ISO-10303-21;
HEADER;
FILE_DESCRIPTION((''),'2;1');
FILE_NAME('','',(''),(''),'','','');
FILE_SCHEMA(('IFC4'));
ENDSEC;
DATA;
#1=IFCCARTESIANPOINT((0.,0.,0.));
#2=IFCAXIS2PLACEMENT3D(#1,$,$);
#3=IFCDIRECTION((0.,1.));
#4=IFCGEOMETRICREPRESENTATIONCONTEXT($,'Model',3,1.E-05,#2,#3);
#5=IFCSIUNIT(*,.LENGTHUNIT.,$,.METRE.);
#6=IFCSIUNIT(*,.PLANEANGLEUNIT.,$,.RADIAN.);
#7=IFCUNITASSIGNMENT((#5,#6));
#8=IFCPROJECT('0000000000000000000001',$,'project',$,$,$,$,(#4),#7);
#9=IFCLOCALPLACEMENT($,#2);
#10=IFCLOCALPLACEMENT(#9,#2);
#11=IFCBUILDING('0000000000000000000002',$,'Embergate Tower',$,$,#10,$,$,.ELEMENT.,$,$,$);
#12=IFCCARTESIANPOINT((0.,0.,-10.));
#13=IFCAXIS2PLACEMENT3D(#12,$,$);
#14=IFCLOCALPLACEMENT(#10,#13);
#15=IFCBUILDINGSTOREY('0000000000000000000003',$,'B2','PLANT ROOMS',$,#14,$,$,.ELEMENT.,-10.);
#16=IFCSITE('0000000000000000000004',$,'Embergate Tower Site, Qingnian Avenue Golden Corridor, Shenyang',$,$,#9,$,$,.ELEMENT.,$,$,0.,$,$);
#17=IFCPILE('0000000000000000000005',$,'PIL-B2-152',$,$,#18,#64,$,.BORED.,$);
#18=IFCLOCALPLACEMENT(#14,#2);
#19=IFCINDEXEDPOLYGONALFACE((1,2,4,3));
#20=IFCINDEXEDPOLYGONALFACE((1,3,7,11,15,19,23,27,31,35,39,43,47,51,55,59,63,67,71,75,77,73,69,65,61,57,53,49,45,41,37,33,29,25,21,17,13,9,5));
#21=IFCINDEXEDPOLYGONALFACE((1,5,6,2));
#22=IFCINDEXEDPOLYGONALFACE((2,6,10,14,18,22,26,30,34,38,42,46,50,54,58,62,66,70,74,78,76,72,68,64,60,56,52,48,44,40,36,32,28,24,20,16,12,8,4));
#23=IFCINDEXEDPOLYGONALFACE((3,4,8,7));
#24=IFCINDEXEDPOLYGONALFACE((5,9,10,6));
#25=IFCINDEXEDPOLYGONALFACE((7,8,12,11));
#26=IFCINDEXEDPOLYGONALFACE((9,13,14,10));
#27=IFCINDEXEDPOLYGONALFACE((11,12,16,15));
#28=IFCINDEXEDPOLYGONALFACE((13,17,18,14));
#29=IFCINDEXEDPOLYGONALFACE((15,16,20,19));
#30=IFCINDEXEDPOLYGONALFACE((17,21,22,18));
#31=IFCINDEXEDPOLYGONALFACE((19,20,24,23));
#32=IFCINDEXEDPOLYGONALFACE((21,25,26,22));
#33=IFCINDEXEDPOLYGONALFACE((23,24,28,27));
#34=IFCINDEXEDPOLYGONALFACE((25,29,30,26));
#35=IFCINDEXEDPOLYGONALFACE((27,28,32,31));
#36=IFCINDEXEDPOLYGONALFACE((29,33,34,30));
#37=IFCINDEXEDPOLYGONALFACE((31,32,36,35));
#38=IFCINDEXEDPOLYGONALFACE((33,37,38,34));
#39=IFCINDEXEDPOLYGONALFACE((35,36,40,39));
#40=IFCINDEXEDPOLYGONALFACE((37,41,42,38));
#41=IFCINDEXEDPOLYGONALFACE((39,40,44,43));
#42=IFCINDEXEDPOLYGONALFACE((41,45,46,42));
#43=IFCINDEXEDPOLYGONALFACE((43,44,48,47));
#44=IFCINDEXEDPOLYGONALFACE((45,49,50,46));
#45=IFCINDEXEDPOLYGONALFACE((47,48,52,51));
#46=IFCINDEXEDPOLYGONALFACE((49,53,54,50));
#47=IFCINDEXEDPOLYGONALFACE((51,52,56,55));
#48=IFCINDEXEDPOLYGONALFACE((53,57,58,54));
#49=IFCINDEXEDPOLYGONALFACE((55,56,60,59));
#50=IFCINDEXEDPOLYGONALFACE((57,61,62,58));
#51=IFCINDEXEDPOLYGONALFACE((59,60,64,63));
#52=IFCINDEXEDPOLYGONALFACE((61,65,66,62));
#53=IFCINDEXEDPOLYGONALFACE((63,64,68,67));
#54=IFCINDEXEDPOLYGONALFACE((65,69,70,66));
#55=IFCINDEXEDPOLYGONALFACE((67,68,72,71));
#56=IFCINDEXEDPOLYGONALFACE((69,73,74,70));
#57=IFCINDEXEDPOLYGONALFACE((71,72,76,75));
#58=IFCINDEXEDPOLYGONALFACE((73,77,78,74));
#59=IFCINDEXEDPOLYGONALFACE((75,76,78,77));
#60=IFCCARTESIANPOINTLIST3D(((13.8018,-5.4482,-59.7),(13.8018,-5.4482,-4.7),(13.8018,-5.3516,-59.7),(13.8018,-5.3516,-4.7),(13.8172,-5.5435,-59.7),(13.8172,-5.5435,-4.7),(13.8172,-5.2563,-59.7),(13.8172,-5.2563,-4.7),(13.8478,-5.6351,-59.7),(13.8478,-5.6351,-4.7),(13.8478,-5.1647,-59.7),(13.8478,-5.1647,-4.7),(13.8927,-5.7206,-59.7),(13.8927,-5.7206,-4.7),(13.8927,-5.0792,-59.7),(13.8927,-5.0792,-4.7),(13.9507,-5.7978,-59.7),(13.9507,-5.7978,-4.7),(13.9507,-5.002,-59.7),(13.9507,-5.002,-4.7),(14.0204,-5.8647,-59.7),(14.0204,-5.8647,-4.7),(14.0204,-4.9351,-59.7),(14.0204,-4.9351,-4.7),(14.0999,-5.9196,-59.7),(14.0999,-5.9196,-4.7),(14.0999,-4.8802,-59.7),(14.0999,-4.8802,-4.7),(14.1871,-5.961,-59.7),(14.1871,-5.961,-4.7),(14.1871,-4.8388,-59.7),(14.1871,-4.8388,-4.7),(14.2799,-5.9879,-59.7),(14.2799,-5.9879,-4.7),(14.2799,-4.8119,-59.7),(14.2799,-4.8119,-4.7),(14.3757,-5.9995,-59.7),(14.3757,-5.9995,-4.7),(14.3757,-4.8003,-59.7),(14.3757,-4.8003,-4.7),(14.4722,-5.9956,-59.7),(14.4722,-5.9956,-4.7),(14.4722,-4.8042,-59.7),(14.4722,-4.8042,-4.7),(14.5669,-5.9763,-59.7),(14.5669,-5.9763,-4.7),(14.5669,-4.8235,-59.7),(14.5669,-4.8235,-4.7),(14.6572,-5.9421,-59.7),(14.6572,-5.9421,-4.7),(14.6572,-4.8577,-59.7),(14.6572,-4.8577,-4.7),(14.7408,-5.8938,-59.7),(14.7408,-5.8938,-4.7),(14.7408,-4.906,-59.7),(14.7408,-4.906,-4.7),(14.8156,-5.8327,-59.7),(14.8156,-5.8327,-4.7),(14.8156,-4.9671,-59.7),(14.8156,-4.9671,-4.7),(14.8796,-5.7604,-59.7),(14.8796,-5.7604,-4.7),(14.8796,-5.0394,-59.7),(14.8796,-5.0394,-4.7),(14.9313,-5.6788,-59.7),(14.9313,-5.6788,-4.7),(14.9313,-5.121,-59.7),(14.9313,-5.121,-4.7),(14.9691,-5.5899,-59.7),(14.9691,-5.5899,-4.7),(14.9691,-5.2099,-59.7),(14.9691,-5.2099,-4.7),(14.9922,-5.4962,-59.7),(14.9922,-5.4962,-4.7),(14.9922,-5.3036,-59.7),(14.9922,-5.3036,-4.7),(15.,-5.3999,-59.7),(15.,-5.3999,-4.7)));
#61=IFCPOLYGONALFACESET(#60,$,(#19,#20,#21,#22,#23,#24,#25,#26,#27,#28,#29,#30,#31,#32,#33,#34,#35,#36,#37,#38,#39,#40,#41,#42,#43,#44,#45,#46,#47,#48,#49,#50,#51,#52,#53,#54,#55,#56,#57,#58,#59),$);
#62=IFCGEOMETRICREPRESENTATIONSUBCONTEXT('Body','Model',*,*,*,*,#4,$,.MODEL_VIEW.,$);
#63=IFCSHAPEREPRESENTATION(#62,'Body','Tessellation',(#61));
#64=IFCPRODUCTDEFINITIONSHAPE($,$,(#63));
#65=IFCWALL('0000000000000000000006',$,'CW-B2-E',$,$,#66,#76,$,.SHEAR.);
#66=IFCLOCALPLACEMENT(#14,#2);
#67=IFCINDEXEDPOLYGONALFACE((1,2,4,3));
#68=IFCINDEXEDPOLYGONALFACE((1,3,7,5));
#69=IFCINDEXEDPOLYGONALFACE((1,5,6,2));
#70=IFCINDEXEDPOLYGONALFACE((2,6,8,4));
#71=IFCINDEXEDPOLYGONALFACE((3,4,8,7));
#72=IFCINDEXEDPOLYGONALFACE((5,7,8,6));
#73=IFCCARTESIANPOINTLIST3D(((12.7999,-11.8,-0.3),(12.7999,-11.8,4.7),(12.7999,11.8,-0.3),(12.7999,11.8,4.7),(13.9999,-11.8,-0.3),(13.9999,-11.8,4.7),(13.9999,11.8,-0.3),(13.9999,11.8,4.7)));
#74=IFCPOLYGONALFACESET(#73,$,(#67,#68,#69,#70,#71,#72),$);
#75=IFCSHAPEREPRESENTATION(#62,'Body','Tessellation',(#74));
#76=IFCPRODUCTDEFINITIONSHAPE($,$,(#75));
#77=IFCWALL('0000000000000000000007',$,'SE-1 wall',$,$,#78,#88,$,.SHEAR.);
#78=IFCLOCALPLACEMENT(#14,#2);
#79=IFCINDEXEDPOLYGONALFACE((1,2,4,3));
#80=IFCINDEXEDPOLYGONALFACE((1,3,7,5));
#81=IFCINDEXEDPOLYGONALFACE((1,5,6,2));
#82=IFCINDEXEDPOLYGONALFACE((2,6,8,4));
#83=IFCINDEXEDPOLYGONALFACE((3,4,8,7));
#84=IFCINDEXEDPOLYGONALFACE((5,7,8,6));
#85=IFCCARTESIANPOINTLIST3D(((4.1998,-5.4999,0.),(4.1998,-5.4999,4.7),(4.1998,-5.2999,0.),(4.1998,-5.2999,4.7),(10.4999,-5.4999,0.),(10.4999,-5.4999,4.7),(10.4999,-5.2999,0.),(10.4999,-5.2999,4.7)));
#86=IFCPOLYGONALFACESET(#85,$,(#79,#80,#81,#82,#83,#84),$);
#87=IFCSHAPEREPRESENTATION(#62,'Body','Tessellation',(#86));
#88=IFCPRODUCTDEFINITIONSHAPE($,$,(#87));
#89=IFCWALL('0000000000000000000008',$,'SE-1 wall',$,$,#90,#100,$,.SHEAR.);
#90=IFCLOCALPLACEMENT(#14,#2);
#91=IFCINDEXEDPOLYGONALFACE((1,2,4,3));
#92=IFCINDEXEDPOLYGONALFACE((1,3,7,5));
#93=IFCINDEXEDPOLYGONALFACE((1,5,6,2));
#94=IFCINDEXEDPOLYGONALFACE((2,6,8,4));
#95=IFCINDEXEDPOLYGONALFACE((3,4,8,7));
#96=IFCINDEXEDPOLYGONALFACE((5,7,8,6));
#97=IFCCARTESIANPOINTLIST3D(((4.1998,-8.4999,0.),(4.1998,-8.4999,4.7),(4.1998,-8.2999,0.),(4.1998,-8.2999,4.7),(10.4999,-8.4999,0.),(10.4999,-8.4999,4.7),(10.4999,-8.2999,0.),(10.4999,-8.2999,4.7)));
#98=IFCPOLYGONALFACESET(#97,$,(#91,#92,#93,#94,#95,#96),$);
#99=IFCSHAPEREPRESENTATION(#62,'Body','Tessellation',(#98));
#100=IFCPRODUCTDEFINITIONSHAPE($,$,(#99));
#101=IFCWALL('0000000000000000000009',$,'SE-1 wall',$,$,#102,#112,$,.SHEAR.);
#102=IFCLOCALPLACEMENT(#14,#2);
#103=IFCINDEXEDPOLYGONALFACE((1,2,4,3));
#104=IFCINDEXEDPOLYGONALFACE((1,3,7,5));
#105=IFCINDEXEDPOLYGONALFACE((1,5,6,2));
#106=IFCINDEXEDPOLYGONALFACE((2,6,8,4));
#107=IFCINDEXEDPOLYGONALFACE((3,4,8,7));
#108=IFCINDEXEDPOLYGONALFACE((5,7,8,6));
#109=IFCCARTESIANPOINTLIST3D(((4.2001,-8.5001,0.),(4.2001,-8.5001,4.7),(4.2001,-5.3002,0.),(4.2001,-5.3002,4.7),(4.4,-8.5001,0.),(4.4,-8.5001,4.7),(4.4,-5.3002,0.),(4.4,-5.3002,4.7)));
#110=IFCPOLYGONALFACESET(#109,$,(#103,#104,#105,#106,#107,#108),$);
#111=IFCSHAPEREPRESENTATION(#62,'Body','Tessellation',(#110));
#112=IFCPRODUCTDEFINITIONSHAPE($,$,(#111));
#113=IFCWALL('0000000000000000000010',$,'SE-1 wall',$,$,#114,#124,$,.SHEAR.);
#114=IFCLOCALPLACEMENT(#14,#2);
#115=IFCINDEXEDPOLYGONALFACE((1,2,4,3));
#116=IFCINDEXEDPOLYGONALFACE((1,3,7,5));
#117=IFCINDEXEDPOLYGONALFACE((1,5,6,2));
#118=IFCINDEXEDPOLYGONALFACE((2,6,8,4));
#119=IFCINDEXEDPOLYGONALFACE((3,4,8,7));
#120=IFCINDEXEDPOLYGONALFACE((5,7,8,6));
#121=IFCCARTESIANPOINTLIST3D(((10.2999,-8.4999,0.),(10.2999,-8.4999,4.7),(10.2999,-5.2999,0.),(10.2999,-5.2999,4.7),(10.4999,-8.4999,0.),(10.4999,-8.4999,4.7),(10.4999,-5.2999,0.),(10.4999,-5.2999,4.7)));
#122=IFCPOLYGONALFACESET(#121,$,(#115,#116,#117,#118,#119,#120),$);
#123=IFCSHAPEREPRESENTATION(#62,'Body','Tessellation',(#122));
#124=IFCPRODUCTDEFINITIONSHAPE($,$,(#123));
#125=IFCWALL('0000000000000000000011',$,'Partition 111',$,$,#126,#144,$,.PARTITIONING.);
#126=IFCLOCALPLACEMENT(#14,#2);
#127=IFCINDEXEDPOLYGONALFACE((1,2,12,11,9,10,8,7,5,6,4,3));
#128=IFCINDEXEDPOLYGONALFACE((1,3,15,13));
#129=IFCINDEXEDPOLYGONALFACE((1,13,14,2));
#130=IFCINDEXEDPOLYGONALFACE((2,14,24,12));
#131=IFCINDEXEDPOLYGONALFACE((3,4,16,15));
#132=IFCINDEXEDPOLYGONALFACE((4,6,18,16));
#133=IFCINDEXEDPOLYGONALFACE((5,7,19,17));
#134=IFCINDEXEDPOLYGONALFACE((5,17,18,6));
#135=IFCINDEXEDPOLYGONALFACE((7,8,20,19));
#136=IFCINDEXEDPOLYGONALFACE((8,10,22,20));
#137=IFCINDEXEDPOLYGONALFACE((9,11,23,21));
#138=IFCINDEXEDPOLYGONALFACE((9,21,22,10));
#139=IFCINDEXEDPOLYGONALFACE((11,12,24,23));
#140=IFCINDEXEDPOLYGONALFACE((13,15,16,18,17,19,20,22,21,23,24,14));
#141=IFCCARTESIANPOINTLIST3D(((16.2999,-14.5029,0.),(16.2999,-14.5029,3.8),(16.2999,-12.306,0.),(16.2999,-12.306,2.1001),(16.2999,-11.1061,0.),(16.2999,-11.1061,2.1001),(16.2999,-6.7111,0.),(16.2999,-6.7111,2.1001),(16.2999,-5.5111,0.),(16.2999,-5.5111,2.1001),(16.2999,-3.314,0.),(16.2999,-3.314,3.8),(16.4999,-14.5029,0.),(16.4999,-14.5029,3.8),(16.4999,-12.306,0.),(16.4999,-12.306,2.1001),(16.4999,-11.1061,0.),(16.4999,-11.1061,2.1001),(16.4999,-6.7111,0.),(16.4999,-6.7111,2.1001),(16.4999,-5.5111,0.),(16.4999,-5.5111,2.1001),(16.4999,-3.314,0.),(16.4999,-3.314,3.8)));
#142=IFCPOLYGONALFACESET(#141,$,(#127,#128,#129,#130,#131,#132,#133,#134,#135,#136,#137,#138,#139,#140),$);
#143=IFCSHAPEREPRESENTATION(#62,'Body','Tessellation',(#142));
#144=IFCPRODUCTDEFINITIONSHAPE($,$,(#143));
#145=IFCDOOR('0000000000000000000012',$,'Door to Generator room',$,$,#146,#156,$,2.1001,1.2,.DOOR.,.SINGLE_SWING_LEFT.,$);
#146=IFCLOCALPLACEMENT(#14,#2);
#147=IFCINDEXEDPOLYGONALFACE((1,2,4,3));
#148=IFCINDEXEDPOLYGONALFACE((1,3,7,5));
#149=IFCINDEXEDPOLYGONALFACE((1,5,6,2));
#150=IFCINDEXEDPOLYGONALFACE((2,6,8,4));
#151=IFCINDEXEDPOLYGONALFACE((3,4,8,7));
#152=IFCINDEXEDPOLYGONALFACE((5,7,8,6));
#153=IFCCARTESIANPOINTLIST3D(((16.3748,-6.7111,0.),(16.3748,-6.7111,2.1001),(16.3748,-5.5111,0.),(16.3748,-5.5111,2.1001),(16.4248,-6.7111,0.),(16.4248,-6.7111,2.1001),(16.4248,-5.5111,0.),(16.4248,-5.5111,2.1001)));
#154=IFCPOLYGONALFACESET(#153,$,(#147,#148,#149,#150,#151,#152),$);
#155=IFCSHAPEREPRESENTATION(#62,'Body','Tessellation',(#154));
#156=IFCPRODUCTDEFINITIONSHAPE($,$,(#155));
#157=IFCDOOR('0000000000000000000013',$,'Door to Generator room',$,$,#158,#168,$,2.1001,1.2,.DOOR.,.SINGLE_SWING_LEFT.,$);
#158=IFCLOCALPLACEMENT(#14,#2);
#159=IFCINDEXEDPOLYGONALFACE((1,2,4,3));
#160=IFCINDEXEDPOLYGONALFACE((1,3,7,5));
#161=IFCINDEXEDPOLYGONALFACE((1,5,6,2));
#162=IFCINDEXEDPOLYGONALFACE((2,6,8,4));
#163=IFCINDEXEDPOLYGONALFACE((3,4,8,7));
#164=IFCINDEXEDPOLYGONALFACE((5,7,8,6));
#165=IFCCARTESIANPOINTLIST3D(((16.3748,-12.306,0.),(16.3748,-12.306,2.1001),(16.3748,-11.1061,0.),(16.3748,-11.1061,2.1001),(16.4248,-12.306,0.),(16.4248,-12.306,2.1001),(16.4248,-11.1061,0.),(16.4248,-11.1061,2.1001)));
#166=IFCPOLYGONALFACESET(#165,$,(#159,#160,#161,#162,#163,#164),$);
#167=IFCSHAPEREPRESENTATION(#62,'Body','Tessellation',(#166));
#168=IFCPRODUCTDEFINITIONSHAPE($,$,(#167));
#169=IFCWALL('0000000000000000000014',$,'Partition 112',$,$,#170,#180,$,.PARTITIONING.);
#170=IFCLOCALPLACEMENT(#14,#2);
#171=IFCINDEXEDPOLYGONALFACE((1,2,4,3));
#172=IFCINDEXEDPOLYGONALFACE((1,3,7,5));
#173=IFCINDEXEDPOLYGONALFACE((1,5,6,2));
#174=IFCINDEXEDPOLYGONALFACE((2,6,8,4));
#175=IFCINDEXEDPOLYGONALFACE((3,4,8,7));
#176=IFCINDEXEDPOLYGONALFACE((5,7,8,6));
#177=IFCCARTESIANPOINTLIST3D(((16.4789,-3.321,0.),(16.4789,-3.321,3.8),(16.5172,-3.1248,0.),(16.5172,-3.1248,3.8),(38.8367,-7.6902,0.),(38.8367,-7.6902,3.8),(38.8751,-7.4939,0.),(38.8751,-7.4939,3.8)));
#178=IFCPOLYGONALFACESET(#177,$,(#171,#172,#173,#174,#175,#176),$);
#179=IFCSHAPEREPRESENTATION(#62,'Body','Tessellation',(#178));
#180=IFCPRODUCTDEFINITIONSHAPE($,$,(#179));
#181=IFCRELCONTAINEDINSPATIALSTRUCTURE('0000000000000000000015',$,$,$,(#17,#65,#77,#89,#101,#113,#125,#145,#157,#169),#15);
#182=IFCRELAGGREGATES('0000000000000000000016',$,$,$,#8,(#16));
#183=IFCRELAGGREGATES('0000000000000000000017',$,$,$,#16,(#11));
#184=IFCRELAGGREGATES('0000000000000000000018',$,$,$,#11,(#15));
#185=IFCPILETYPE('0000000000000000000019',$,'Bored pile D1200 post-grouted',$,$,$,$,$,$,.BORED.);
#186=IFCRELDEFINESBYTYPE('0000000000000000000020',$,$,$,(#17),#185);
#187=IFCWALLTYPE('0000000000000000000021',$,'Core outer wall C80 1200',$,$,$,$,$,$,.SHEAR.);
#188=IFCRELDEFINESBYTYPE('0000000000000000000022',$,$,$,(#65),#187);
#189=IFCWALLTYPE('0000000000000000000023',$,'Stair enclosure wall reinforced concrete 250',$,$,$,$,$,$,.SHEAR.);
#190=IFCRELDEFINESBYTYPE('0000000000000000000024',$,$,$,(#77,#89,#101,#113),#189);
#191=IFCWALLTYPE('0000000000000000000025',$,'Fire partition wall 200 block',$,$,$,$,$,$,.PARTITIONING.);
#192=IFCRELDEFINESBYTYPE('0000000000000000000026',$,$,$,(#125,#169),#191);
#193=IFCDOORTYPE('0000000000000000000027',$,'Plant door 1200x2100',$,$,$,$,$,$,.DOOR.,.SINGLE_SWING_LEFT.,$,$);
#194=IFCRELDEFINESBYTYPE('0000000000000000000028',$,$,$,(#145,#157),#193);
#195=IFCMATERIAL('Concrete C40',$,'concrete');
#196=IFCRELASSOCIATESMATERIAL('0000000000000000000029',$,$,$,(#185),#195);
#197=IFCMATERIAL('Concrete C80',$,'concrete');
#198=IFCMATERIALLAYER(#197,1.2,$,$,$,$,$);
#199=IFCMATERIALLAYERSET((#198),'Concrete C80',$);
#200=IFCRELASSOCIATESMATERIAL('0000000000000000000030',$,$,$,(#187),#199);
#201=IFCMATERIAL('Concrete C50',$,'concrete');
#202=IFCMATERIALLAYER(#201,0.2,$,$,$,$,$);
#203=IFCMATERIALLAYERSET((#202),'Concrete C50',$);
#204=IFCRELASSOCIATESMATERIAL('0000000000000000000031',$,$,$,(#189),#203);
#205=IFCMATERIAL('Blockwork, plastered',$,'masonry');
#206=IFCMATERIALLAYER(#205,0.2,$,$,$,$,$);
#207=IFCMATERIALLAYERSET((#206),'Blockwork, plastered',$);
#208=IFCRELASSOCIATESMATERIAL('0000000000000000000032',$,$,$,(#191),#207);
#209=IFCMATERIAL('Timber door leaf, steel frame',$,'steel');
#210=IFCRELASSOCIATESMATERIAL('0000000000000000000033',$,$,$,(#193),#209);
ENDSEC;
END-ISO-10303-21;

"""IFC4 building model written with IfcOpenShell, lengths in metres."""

from ifc_helpers import new_model, si_unit, direction, frame, frame_2d, origin, origin_2d, place, context, subcontext, project, spatial, rectangle, circle, extrude, source, transform, mapped, material, layer, layer_set, material_profile, profile_set, type_object, element, fill, save


model = new_model("IFC4")

# Units and contexts
model_context = context("Model", 3, precision=1e-05, world=origin(), true_north=direction((0.0, 1.0)))
body_context = subcontext(model_context, "Body", "Model", "MODEL_VIEW")
ifc_project = project(units=[si_unit("LENGTHUNIT", "METRE"), si_unit("PLANEANGLEUNIT", "RADIAN")], contexts=[model_context])

# Site, building, storey
site_placement = place(None, origin())
site = spatial("IfcSite", under=ifc_project, at=site_placement, Name="Embergate Tower Site, Qingnian Avenue Golden Corridor, Shenyang", CompositionType="ELEMENT", RefElevation=0.0)
building_placement = place(site_placement, origin())
building = spatial("IfcBuilding", under=site, at=building_placement, Name="Embergate Tower", CompositionType="ELEMENT")
storey_placement = place(building_placement, frame((0.0, 0.0, -10.0)))
storey = spatial("IfcBuildingStorey", under=building, at=storey_placement, Name="B2", Description="PLANT ROOMS", CompositionType="ELEMENT", Elevation=-10.0)

# Pile
ifc_material_1 = material(Name="Concrete C40", Category="concrete")
ifc_material_profile = material_profile(ifc_material_1, circle(Radius=0.6001, at=origin_2d()), Name="D1200")
ifc_profile_set = profile_set([ifc_material_profile], Name="Concrete C40")
pile_type = type_object("IfcPileType", Name="Bored pile D1200 post-grouted", PredefinedType="BORED", material=ifc_profile_set)
shared_shape_1 = source(origin(), body_context, "Body", "SweptSolid", [
    extrude(circle(Radius=0.6001, at=origin_2d()), origin(), (0.0, 0.0, 1.0), 55.0),
])
for number, where, z_axis, x_axis, name in (
    (1, (14.3999, -5.3999, -4.7), (0.0, 0.0, -1.0), (1.0, 0.0, 0.0), "PIL-B2-152"),
):
    element("IfcPile", number, at=place(storey_placement, frame(where, z_axis=z_axis, x_axis=x_axis)), inside=storey, type_object=pile_type, Name=name, PredefinedType="BORED", context=body_context, shape_type="MappedRepresentation", body=[
        mapped(shared_shape_1, transform((0.0, 0.0, 0.0))),
    ])

# Walls
ifc_material_2 = material(Name="Concrete C80", Category="concrete")
ifc_layer_1 = layer(ifc_material_2, 1.2)
ifc_layer_set_1 = layer_set([ifc_layer_1], Name="Concrete C80")
wall_type_1 = type_object("IfcWallType", Name="Core outer wall C80 1200", PredefinedType="SHEAR", material=ifc_layer_set_1)
shared_shape_2 = source(origin(), body_context, "Body", "SweptSolid", [
    extrude(rectangle(XDim=23.6001, YDim=1.2, at=frame_2d((11.8, 0.0))), origin(), (0.0, 0.0, 1.0), 5.0),
])
wall_1_placement = place(storey_placement, frame((13.3999, -11.8, -0.3), z_axis=(0.0, 0.0, 1.0), x_axis=(0.0, 1.0, 0.0)))
element("IfcWall", 2, at=wall_1_placement, inside=storey, type_object=wall_type_1, Name="CW-B2-E", PredefinedType="SHEAR", context=body_context, shape_type="MappedRepresentation", body=[
    mapped(shared_shape_2, transform((0.0, 0.0, 0.0))),
])
ifc_material_3 = material(Name="Concrete C50", Category="concrete")
ifc_layer_2 = layer(ifc_material_3, 0.2)
ifc_layer_set_2 = layer_set([ifc_layer_2], Name="Concrete C50")
wall_type_2 = type_object("IfcWallType", Name="Stair enclosure wall reinforced concrete 250", PredefinedType="SHEAR", material=ifc_layer_set_2)
shared_shape_3 = source(origin(), body_context, "Body", "SweptSolid", [
    extrude(rectangle(XDim=6.3, YDim=0.2, at=frame_2d((3.1499, 0.0))), origin(), (0.0, 0.0, 1.0), 4.7),
])
for number, where, z_axis, x_axis, name in (
    (3, (4.2, -5.3999, 0.0), (0.0, 0.0, 1.0), (1.0, 0.0, 0.0), "SE-1 wall"),
    (4, (4.2, -8.3999, 0.0), (0.0, 0.0, 1.0), (1.0, 0.0, 0.0), "SE-1 wall"),
):
    element("IfcWall", number, at=place(storey_placement, frame(where, z_axis=z_axis, x_axis=x_axis)), inside=storey, type_object=wall_type_2, Name=name, PredefinedType="SHEAR", context=body_context, shape_type="MappedRepresentation", body=[
        mapped(shared_shape_3, transform((0.0, 0.0, 0.0))),
    ])
shared_shape_4 = source(origin(), body_context, "Body", "SweptSolid", [
    extrude(rectangle(XDim=3.2, YDim=0.2, at=frame_2d((1.6001, 0.0))), origin(), (0.0, 0.0, 1.0), 4.7),
])
for number, where, z_axis, x_axis, name in (
    (5, (4.3, -5.3, 0.0), (0.0, 0.0, 1.0), (0.0, -1.0, 0.0), "SE-1 wall"),
    (6, (10.3999, -8.5, 0.0), (0.0, 0.0, 1.0), (0.0, 1.0, 0.0), "SE-1 wall"),
):
    element("IfcWall", number, at=place(storey_placement, frame(where, z_axis=z_axis, x_axis=x_axis)), inside=storey, type_object=wall_type_2, Name=name, PredefinedType="SHEAR", context=body_context, shape_type="MappedRepresentation", body=[
        mapped(shared_shape_4, transform((0.0, 0.0, 0.0))),
    ])

# Wall, openings, doors
ifc_material_4 = material(Name="Blockwork, plastered", Category="masonry")
ifc_layer_3 = layer(ifc_material_4, 0.2)
ifc_layer_set_3 = layer_set([ifc_layer_3], Name="Blockwork, plastered")
wall_type_3 = type_object("IfcWallType", Name="Fire partition wall 200 block", PredefinedType="PARTITIONING", material=ifc_layer_set_3)
shared_shape_5 = source(origin(), body_context, "Body", "SweptSolid", [
    extrude(rectangle(XDim=11.189, YDim=0.2, at=frame_2d((5.5945, 0.0))), origin(), (0.0, 0.0, 1.0), 3.8),
])
wall_2_placement = place(storey_placement, frame((16.3999, -3.314, 0.0), z_axis=(0.0, 0.0, 1.0), x_axis=(0.0, -1.0, 0.0)))
wall_2 = element("IfcWall", 7, at=wall_2_placement, inside=storey, type_object=wall_type_3, Name="Partition 111", PredefinedType="PARTITIONING", context=body_context, shape_type="MappedRepresentation", body=[
    mapped(shared_shape_5, transform((0.0, 0.0, 0.0))),
])
shared_shape_6 = source(origin(), body_context, "Body", "SweptSolid", [
    extrude(rectangle(XDim=1.2, YDim=2.1001, at=frame_2d((0.6001, 1.05))), frame((0.0, 0.1099, 0.0), z_axis=(0.0, -1.0, 0.0), x_axis=(1.0, 0.0, 0.0)), (0.0, 0.0, 1.0), 0.22),
])
opening_1_placement = place(wall_2_placement, frame((2.197, 0.0, 0.0)))
opening_1 = element("IfcOpeningElement", 8, at=opening_1_placement, cuts=wall_2, PredefinedType="OPENING", context=body_context, shape_type="MappedRepresentation", body=[
    mapped(shared_shape_6, transform((0.0, 0.0, 0.0))),
])
opening_2_placement = place(wall_2_placement, frame((7.792, 0.0, 0.0)))
opening_2 = element("IfcOpeningElement", 9, at=opening_2_placement, cuts=wall_2, PredefinedType="OPENING", context=body_context, shape_type="MappedRepresentation", body=[
    mapped(shared_shape_6, transform((0.0, 0.0, 0.0))),
])
ifc_material_5 = material(Name="Timber door leaf, steel frame", Category="steel")
door_type = type_object("IfcDoorType", Name="Plant door 1200x2100", OperationType="SINGLE_SWING_LEFT", PredefinedType="DOOR", material=ifc_material_5)
shared_shape_7 = source(origin(), body_context, "Body", "SweptSolid", [
    extrude(rectangle(XDim=1.2, YDim=2.1001, at=frame_2d((0.6001, 1.05))), frame((0.0, 0.0249, 0.0), z_axis=(0.0, -1.0, 0.0), x_axis=(1.0, 0.0, 0.0)), (0.0, 0.0, 1.0), 0.05),
])
door_1_placement = place(opening_1_placement, origin())
door_1 = element("IfcDoor", 10, at=door_1_placement, inside=storey, type_object=door_type, Name="Door to Generator room", OperationType="SINGLE_SWING_LEFT", OverallHeight=2.1001, OverallWidth=1.2, PredefinedType="DOOR", context=body_context, shape_type="MappedRepresentation", body=[
    mapped(shared_shape_7, transform((0.0, 0.0, 0.0))),
])
fill(opening_1, door_1)
door_2_placement = place(opening_2_placement, origin())
door_2 = element("IfcDoor", 11, at=door_2_placement, inside=storey, type_object=door_type, Name="Door to Generator room", OperationType="SINGLE_SWING_LEFT", OverallHeight=2.1001, OverallWidth=1.2, PredefinedType="DOOR", context=body_context, shape_type="MappedRepresentation", body=[
    mapped(shared_shape_7, transform((0.0, 0.0, 0.0))),
])
fill(opening_2, door_2)

# Wall
shared_shape_8 = source(origin(), body_context, "Body", "SweptSolid", [
    extrude(rectangle(XDim=22.7808, YDim=0.2, at=frame_2d((11.3904, 0.0))), origin(), (0.0, 0.0, 1.0), 3.8),
])
wall_3_placement = place(storey_placement, frame((16.498, -3.2229, 0.0), z_axis=(0.0, 0.0, 1.0), x_axis=(0.981436, -0.19179, 0.0)))
element("IfcWall", 12, at=wall_3_placement, inside=storey, type_object=wall_type_3, Name="Partition 112", PredefinedType="PARTITIONING", context=body_context, shape_type="MappedRepresentation", body=[
    mapped(shared_shape_8, transform((0.0, 0.0, 0.0))),
])

save(model, "model.ifc")
